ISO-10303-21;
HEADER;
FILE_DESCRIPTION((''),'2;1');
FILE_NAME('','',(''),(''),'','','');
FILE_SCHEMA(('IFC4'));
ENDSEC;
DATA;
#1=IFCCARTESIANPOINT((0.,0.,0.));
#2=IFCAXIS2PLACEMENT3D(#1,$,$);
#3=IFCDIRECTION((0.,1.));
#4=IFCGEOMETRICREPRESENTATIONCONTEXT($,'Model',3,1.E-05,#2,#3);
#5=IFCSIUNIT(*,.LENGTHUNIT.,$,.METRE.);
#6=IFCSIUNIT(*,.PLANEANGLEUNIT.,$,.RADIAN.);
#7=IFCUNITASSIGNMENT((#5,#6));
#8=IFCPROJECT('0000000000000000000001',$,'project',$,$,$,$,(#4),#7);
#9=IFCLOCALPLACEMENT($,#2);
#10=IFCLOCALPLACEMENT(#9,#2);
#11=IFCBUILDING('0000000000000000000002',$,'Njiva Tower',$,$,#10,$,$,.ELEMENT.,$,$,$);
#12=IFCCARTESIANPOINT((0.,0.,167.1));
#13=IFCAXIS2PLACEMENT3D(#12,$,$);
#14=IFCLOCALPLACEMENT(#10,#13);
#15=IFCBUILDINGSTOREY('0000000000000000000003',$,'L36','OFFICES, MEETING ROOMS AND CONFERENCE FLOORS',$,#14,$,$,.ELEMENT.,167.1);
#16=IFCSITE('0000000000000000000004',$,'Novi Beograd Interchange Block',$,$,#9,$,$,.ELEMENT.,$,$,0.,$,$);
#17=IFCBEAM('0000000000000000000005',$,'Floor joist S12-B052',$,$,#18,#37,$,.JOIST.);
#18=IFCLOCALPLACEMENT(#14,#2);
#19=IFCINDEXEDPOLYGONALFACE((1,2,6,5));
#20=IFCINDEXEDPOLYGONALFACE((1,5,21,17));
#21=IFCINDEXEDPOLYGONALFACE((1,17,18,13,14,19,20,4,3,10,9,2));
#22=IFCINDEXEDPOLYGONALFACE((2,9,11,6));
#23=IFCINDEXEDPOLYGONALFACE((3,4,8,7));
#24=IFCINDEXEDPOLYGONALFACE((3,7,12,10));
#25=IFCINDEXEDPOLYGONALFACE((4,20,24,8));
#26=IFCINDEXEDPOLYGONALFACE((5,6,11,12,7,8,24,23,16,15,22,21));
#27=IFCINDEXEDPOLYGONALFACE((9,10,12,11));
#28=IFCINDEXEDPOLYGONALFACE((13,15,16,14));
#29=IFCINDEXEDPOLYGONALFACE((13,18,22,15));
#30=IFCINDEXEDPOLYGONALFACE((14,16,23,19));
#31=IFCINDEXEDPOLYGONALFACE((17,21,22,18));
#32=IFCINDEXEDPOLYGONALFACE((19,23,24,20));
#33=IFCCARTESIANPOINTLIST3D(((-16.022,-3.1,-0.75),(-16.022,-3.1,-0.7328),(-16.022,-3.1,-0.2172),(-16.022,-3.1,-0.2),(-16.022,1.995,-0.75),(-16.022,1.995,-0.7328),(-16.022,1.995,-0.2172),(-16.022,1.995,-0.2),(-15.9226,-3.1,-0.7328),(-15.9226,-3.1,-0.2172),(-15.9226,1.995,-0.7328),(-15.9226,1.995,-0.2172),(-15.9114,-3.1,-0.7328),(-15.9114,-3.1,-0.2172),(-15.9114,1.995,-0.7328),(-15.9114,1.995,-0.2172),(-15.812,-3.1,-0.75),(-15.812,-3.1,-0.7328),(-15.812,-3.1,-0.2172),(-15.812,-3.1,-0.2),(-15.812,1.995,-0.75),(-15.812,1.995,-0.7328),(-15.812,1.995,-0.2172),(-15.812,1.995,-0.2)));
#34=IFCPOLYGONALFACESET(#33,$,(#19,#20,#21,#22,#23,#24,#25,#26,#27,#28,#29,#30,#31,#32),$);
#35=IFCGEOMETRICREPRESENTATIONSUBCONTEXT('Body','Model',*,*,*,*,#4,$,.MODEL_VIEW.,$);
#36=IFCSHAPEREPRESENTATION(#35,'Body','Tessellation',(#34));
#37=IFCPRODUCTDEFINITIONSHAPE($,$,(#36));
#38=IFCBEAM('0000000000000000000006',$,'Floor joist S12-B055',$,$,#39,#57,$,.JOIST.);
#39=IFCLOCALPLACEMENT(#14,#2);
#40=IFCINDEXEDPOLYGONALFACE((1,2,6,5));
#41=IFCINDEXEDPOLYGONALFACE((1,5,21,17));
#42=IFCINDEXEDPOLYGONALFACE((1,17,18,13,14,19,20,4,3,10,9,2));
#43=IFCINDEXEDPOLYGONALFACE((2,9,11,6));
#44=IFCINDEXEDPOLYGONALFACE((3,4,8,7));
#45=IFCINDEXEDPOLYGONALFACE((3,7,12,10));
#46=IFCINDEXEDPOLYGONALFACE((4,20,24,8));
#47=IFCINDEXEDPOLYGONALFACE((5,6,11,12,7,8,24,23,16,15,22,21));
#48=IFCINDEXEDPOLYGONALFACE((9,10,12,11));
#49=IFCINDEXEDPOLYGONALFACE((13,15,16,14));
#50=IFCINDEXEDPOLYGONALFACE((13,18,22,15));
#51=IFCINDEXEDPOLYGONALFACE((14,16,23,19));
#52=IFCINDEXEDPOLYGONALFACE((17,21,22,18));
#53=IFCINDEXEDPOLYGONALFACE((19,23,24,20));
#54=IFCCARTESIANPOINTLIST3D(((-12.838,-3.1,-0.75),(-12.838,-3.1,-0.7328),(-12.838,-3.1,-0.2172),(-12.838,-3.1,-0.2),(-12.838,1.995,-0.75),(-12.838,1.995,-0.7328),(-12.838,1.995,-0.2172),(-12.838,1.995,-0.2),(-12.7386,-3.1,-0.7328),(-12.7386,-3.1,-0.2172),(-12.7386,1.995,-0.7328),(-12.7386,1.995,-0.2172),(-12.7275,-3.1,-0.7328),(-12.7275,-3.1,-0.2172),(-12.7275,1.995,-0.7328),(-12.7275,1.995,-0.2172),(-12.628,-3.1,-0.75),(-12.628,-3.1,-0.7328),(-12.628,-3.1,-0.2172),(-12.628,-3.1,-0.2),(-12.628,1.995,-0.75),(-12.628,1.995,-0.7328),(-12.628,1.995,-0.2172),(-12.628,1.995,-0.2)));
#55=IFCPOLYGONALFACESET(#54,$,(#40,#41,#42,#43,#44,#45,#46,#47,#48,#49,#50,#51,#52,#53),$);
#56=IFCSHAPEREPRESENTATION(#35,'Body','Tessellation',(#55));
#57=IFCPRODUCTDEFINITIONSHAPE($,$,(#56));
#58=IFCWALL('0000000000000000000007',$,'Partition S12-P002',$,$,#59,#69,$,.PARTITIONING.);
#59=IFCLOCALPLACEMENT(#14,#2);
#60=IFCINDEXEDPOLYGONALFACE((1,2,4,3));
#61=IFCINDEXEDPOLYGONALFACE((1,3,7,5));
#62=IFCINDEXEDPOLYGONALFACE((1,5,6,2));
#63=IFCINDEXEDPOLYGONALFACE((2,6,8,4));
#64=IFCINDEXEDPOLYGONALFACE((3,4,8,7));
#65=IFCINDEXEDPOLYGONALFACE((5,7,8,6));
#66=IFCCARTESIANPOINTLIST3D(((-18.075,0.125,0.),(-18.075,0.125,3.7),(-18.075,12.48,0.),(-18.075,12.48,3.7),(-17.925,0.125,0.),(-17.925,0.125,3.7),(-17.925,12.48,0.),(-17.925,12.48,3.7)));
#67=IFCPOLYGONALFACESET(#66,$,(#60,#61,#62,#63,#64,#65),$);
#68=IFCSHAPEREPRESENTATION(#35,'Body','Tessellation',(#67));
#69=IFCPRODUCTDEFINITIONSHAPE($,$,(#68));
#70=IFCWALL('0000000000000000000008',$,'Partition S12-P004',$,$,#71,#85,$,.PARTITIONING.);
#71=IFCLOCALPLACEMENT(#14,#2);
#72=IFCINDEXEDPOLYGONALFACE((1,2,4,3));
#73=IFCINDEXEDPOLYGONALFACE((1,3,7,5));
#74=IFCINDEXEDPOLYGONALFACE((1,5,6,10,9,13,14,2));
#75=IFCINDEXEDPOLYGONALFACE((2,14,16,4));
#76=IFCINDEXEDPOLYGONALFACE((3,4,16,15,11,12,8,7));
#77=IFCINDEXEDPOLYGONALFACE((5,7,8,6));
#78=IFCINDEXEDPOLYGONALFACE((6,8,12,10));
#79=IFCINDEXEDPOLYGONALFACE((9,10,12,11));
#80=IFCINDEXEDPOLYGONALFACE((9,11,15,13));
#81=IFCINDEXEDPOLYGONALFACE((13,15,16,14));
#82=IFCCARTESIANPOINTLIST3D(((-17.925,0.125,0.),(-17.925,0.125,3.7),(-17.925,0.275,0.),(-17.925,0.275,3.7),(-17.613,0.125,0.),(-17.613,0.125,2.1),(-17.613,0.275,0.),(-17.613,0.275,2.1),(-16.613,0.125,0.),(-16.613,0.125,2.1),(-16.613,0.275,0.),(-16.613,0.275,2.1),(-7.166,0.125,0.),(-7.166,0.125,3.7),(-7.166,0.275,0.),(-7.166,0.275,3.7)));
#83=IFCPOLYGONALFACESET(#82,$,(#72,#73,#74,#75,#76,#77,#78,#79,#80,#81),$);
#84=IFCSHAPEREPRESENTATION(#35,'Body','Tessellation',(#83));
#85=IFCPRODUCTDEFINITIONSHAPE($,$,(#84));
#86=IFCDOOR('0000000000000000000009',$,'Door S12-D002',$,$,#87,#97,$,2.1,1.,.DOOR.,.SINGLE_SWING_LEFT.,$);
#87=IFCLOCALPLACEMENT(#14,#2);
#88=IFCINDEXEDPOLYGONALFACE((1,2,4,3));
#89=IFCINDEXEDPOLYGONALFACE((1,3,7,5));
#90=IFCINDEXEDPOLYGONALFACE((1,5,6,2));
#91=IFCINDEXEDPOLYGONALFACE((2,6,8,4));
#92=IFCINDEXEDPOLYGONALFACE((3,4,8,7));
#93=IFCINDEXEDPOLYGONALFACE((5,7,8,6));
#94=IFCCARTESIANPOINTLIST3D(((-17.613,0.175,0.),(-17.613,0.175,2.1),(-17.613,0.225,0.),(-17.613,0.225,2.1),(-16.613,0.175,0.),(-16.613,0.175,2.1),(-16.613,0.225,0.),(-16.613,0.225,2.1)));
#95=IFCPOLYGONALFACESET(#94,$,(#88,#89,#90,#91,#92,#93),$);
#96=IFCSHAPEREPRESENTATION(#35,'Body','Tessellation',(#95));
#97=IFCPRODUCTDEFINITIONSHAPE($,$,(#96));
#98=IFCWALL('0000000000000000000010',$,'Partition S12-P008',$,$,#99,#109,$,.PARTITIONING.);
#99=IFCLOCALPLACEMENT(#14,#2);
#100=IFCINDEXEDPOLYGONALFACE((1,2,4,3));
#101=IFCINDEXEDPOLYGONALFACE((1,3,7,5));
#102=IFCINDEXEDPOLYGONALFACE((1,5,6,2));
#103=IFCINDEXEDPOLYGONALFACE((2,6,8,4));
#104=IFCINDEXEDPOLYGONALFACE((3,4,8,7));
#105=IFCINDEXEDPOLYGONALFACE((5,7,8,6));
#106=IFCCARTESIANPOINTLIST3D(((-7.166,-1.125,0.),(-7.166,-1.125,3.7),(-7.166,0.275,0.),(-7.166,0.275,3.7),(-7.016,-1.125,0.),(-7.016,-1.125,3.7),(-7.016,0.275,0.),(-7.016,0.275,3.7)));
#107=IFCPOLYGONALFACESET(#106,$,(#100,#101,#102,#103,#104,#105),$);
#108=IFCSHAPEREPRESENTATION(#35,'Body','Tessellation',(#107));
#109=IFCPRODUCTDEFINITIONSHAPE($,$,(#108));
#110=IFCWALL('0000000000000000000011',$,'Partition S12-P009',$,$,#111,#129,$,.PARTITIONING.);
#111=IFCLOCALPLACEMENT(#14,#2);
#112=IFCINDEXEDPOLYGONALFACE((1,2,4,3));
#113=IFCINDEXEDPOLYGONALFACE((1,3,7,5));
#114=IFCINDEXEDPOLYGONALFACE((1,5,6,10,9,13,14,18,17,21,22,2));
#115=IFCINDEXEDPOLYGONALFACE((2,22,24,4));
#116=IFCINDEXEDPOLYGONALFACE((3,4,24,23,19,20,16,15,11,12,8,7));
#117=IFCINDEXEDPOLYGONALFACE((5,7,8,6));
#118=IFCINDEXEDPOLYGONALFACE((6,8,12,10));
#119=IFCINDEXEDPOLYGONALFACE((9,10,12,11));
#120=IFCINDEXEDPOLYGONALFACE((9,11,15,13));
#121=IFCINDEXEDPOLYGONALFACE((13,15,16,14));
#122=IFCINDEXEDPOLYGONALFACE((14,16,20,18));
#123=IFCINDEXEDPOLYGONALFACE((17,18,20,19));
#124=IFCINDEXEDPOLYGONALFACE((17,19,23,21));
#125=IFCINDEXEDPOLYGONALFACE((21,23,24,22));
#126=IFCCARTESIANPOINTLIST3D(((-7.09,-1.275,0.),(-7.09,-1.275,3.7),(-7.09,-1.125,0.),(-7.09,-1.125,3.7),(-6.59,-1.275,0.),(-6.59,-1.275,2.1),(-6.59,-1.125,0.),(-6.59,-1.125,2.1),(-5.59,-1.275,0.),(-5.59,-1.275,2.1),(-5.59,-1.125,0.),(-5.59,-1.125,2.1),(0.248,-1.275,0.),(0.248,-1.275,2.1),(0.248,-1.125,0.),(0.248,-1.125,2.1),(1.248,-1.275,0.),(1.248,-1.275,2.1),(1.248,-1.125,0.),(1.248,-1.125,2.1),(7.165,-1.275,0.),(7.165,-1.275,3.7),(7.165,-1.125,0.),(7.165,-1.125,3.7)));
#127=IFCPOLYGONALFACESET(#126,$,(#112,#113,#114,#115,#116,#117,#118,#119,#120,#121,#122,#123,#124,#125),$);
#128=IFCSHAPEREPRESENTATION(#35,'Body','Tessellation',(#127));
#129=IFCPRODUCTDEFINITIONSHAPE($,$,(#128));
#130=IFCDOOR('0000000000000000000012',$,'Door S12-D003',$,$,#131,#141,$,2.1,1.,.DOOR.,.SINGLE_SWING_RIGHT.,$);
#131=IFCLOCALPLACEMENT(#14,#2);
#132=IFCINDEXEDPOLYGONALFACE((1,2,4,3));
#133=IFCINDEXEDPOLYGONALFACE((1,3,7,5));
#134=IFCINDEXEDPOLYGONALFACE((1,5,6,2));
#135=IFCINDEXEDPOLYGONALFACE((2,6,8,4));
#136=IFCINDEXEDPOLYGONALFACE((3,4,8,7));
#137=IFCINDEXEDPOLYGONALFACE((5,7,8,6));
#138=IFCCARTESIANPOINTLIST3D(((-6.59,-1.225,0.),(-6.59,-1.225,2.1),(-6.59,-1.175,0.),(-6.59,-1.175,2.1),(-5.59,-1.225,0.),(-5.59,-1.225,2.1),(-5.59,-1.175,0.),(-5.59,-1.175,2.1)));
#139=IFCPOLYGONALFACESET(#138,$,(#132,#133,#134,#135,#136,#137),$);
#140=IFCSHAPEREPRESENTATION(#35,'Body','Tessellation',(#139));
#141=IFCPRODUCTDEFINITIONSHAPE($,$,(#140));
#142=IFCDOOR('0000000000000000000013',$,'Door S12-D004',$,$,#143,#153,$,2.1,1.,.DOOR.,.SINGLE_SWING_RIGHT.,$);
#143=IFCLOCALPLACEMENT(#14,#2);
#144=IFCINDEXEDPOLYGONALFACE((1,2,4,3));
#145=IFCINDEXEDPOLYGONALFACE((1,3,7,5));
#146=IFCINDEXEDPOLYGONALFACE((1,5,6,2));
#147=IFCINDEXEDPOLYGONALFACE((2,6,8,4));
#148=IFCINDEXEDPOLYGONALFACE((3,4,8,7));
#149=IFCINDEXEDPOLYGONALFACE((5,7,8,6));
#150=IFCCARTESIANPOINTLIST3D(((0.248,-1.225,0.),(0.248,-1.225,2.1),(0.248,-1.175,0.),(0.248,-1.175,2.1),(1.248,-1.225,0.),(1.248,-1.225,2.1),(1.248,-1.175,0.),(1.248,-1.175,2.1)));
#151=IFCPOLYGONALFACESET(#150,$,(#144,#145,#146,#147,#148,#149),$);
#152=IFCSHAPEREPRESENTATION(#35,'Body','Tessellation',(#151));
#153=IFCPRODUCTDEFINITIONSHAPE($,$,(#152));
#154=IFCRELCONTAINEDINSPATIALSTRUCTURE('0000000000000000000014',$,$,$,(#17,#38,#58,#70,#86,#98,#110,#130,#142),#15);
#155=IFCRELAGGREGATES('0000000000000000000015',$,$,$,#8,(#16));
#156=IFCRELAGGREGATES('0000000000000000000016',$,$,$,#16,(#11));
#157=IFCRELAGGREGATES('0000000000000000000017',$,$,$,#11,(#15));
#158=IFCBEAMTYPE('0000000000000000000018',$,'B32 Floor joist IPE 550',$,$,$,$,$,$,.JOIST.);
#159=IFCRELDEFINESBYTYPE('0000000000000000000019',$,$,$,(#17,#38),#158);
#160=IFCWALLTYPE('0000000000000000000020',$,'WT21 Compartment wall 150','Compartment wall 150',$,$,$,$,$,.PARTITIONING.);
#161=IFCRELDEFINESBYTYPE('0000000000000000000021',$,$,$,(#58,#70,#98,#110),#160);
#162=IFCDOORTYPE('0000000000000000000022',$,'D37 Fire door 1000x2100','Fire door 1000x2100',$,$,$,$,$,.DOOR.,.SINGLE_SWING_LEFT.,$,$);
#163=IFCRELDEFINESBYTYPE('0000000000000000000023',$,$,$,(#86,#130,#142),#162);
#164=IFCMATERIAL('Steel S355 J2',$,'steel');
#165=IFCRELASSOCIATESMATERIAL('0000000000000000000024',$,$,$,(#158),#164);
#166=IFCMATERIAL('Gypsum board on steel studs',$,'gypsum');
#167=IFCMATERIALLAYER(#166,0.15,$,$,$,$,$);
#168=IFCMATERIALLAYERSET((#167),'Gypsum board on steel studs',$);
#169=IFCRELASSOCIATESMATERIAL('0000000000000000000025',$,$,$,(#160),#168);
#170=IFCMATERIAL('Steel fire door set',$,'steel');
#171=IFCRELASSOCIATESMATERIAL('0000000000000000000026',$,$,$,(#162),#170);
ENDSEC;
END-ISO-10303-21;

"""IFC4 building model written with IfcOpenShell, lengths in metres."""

from ifc_helpers import new_model, si_unit, direction, frame, frame_2d, origin, origin_2d, place, context, subcontext, project, spatial, rectangle, i_section, extrude, material, layer, layer_set, material_profile, profile_set, type_object, element, fill, save


model = new_model("IFC4")

# Units and contexts
model_context = context("Model", 3, precision=1e-05, world=origin(), true_north=direction((0.0, 1.0)))
body_context = subcontext(model_context, "Body", "Model", "MODEL_VIEW")
ifc_project = project(units=[si_unit("LENGTHUNIT", "METRE"), si_unit("PLANEANGLEUNIT", "RADIAN")], contexts=[model_context])

# Site, building, storey
site_placement = place(None, origin())
site = spatial("IfcSite", under=ifc_project, at=site_placement, Name="Novi Beograd Interchange Block", CompositionType="ELEMENT", RefElevation=0.0)
building_placement = place(site_placement, origin())
building = spatial("IfcBuilding", under=site, at=building_placement, Name="Njiva Tower", CompositionType="ELEMENT")
storey_placement = place(building_placement, frame((0.0, 0.0, 167.1)))
storey = spatial("IfcBuildingStorey", under=building, at=storey_placement, Name="L36", Description="OFFICES, MEETING ROOMS AND CONFERENCE FLOORS", CompositionType="ELEMENT", Elevation=167.1)

# Shared definitions
ifc_material_1 = material(Name="Steel S355 J2", Category="steel")

# Beams
ifc_material_profile_1 = material_profile(ifc_material_1, i_section(OverallWidth=0.21, OverallDepth=0.55, WebThickness=0.0111, FlangeThickness=0.0172, at=origin_2d()), Name="IPE 550")
ifc_profile_set_1 = profile_set([ifc_material_profile_1], Name="Steel S355 J2")
beam_type_1 = type_object("IfcBeamType", Name="B32 Floor joist IPE 550", PredefinedType="JOIST", material=ifc_profile_set_1)
for number, where, z_axis, x_axis, name in (
    (1, (-15.917, 1.995, -0.475), (0.0, -1.0, 0.0), (1.0, 0.0, 0.0), "Floor joist S12-B052"),
    (2, (-12.733, 1.995, -0.475), (0.0, -1.0, 0.0), (1.0, 0.0, 0.0), "Floor joist S12-B055"),
):
    element("IfcBeam", number, at=place(storey_placement, frame(where, z_axis=z_axis, x_axis=x_axis)), inside=storey, type_object=beam_type_1, Name=name, PredefinedType="JOIST", context=body_context, shape_type="SweptSolid", body=[
        extrude(i_section(OverallWidth=0.21, OverallDepth=0.55, WebThickness=0.0111, FlangeThickness=0.0172, at=origin_2d()), origin(), (0.0, 0.0, 1.0), 5.095),
    ])

# Wall
ifc_material_2 = material(Name="Gypsum board on steel studs", Category="gypsum")
ifc_layer = layer(ifc_material_2, 0.15)
ifc_layer_set = layer_set([ifc_layer], Name="Gypsum board on steel studs")
wall_type = type_object("IfcWallType", Name="WT21 Compartment wall 150", Description="Compartment wall 150", PredefinedType="PARTITIONING", material=ifc_layer_set)
wall_1_placement = place(storey_placement, frame((-18.0, 0.125, 0.0), z_axis=(0.0, 0.0, 1.0), x_axis=(0.0, 1.0, 0.0)))
element("IfcWall", 3, at=wall_1_placement, inside=storey, type_object=wall_type, Name="Partition S12-P002", PredefinedType="PARTITIONING", context=body_context, shape_type="SweptSolid", body=[
    extrude(rectangle(XDim=12.355, YDim=0.15, at=frame_2d((6.1775, 0.0))), origin(), (0.0, 0.0, 1.0), 3.7),
])

# Wall, opening, door
wall_2_placement = place(storey_placement, frame((-17.925, 0.2, 0.0), z_axis=(0.0, 0.0, 1.0), x_axis=(1.0, 0.0, 0.0)))
wall_2 = element("IfcWall", 4, at=wall_2_placement, inside=storey, type_object=wall_type, Name="Partition S12-P004", PredefinedType="PARTITIONING", context=body_context, shape_type="SweptSolid", body=[
    extrude(rectangle(XDim=10.759, YDim=0.15, at=frame_2d((5.3795, 0.0))), origin(), (0.0, 0.0, 1.0), 3.7),
])
opening_1_placement = place(wall_2_placement, frame((0.312, 0.0, 0.0)))
opening_1 = element("IfcOpeningElement", 5, at=opening_1_placement, cuts=wall_2, PredefinedType="OPENING", context=body_context, shape_type="SweptSolid", body=[
    extrude(rectangle(XDim=1.0, YDim=2.1, at=frame_2d((0.5, 1.05))), frame((0.0, 0.085, 0.0), z_axis=(0.0, -1.0, 0.0), x_axis=(1.0, 0.0, 0.0)), (0.0, 0.0, 1.0), 0.17),
])
ifc_material_3 = material(Name="Steel fire door set", Category="steel")
door_type = type_object("IfcDoorType", Name="D37 Fire door 1000x2100", Description="Fire door 1000x2100", OperationType="SINGLE_SWING_LEFT", PredefinedType="DOOR", material=ifc_material_3)
door_1_placement = place(opening_1_placement, origin())
door_1 = element("IfcDoor", 6, at=door_1_placement, inside=storey, type_object=door_type, Name="Door S12-D002", OperationType="SINGLE_SWING_LEFT", OverallHeight=2.1, OverallWidth=1.0, PredefinedType="DOOR", context=body_context, shape_type="SweptSolid", body=[
    extrude(rectangle(XDim=1.0, YDim=2.1, at=frame_2d((0.5, 1.05))), frame((0.0, 0.025, 0.0), z_axis=(0.0, -1.0, 0.0), x_axis=(1.0, 0.0, 0.0)), (0.0, 0.0, 1.0), 0.05),
])
fill(opening_1, door_1)

# Wall
wall_3_placement = place(storey_placement, frame((-7.091, -1.125, 0.0), z_axis=(0.0, 0.0, 1.0), x_axis=(0.0, 1.0, 0.0)))
element("IfcWall", 7, at=wall_3_placement, inside=storey, type_object=wall_type, Name="Partition S12-P008", PredefinedType="PARTITIONING", context=body_context, shape_type="SweptSolid", body=[
    extrude(rectangle(XDim=1.4, YDim=0.15, at=frame_2d((0.7, 0.0))), origin(), (0.0, 0.0, 1.0), 3.7),
])

# Wall, openings, doors
wall_4_placement = place(storey_placement, frame((-7.09, -1.2, 0.0), z_axis=(0.0, 0.0, 1.0), x_axis=(1.0, 0.0, 0.0)))
wall_4 = element("IfcWall", 8, at=wall_4_placement, inside=storey, type_object=wall_type, Name="Partition S12-P009", PredefinedType="PARTITIONING", context=body_context, shape_type="SweptSolid", body=[
    extrude(rectangle(XDim=14.255, YDim=0.15, at=frame_2d((7.1275, 0.0))), origin(), (0.0, 0.0, 1.0), 3.7),
])
opening_2_placement = place(wall_4_placement, frame((0.5, 0.0, 0.0)))
opening_2 = element("IfcOpeningElement", 9, at=opening_2_placement, cuts=wall_4, PredefinedType="OPENING", context=body_context, shape_type="SweptSolid", body=[
    extrude(rectangle(XDim=1.0, YDim=2.1, at=frame_2d((0.5, 1.05))), frame((0.0, 0.085, 0.0), z_axis=(0.0, -1.0, 0.0), x_axis=(1.0, 0.0, 0.0)), (0.0, 0.0, 1.0), 0.17),
])
opening_3_placement = place(wall_4_placement, frame((7.338, 0.0, 0.0)))
opening_3 = element("IfcOpeningElement", 10, at=opening_3_placement, cuts=wall_4, PredefinedType="OPENING", context=body_context, shape_type="SweptSolid", body=[
    extrude(rectangle(XDim=1.0, YDim=2.1, at=frame_2d((0.5, 1.05))), frame((0.0, 0.085, 0.0), z_axis=(0.0, -1.0, 0.0), x_axis=(1.0, 0.0, 0.0)), (0.0, 0.0, 1.0), 0.17),
])
door_2_placement = place(opening_2_placement, origin())
door_2 = element("IfcDoor", 11, at=door_2_placement, inside=storey, type_object=door_type, Name="Door S12-D003", OperationType="SINGLE_SWING_RIGHT", OverallHeight=2.1, OverallWidth=1.0, PredefinedType="DOOR", context=body_context, shape_type="SweptSolid", body=[
    extrude(rectangle(XDim=1.0, YDim=2.1, at=frame_2d((0.5, 1.05))), frame((0.0, 0.025, 0.0), z_axis=(0.0, -1.0, 0.0), x_axis=(1.0, 0.0, 0.0)), (0.0, 0.0, 1.0), 0.05),
])
fill(opening_2, door_2)
door_3_placement = place(opening_3_placement, origin())
door_3 = element("IfcDoor", 12, at=door_3_placement, inside=storey, type_object=door_type, Name="Door S12-D004", OperationType="SINGLE_SWING_RIGHT", OverallHeight=2.1, OverallWidth=1.0, PredefinedType="DOOR", context=body_context, shape_type="SweptSolid", body=[
    extrude(rectangle(XDim=1.0, YDim=2.1, at=frame_2d((0.5, 1.05))), frame((0.0, 0.025, 0.0), z_axis=(0.0, -1.0, 0.0), x_axis=(1.0, 0.0, 0.0)), (0.0, 0.0, 1.0), 0.05),
])
fill(opening_3, door_3)

save(model, "model.ifc")
